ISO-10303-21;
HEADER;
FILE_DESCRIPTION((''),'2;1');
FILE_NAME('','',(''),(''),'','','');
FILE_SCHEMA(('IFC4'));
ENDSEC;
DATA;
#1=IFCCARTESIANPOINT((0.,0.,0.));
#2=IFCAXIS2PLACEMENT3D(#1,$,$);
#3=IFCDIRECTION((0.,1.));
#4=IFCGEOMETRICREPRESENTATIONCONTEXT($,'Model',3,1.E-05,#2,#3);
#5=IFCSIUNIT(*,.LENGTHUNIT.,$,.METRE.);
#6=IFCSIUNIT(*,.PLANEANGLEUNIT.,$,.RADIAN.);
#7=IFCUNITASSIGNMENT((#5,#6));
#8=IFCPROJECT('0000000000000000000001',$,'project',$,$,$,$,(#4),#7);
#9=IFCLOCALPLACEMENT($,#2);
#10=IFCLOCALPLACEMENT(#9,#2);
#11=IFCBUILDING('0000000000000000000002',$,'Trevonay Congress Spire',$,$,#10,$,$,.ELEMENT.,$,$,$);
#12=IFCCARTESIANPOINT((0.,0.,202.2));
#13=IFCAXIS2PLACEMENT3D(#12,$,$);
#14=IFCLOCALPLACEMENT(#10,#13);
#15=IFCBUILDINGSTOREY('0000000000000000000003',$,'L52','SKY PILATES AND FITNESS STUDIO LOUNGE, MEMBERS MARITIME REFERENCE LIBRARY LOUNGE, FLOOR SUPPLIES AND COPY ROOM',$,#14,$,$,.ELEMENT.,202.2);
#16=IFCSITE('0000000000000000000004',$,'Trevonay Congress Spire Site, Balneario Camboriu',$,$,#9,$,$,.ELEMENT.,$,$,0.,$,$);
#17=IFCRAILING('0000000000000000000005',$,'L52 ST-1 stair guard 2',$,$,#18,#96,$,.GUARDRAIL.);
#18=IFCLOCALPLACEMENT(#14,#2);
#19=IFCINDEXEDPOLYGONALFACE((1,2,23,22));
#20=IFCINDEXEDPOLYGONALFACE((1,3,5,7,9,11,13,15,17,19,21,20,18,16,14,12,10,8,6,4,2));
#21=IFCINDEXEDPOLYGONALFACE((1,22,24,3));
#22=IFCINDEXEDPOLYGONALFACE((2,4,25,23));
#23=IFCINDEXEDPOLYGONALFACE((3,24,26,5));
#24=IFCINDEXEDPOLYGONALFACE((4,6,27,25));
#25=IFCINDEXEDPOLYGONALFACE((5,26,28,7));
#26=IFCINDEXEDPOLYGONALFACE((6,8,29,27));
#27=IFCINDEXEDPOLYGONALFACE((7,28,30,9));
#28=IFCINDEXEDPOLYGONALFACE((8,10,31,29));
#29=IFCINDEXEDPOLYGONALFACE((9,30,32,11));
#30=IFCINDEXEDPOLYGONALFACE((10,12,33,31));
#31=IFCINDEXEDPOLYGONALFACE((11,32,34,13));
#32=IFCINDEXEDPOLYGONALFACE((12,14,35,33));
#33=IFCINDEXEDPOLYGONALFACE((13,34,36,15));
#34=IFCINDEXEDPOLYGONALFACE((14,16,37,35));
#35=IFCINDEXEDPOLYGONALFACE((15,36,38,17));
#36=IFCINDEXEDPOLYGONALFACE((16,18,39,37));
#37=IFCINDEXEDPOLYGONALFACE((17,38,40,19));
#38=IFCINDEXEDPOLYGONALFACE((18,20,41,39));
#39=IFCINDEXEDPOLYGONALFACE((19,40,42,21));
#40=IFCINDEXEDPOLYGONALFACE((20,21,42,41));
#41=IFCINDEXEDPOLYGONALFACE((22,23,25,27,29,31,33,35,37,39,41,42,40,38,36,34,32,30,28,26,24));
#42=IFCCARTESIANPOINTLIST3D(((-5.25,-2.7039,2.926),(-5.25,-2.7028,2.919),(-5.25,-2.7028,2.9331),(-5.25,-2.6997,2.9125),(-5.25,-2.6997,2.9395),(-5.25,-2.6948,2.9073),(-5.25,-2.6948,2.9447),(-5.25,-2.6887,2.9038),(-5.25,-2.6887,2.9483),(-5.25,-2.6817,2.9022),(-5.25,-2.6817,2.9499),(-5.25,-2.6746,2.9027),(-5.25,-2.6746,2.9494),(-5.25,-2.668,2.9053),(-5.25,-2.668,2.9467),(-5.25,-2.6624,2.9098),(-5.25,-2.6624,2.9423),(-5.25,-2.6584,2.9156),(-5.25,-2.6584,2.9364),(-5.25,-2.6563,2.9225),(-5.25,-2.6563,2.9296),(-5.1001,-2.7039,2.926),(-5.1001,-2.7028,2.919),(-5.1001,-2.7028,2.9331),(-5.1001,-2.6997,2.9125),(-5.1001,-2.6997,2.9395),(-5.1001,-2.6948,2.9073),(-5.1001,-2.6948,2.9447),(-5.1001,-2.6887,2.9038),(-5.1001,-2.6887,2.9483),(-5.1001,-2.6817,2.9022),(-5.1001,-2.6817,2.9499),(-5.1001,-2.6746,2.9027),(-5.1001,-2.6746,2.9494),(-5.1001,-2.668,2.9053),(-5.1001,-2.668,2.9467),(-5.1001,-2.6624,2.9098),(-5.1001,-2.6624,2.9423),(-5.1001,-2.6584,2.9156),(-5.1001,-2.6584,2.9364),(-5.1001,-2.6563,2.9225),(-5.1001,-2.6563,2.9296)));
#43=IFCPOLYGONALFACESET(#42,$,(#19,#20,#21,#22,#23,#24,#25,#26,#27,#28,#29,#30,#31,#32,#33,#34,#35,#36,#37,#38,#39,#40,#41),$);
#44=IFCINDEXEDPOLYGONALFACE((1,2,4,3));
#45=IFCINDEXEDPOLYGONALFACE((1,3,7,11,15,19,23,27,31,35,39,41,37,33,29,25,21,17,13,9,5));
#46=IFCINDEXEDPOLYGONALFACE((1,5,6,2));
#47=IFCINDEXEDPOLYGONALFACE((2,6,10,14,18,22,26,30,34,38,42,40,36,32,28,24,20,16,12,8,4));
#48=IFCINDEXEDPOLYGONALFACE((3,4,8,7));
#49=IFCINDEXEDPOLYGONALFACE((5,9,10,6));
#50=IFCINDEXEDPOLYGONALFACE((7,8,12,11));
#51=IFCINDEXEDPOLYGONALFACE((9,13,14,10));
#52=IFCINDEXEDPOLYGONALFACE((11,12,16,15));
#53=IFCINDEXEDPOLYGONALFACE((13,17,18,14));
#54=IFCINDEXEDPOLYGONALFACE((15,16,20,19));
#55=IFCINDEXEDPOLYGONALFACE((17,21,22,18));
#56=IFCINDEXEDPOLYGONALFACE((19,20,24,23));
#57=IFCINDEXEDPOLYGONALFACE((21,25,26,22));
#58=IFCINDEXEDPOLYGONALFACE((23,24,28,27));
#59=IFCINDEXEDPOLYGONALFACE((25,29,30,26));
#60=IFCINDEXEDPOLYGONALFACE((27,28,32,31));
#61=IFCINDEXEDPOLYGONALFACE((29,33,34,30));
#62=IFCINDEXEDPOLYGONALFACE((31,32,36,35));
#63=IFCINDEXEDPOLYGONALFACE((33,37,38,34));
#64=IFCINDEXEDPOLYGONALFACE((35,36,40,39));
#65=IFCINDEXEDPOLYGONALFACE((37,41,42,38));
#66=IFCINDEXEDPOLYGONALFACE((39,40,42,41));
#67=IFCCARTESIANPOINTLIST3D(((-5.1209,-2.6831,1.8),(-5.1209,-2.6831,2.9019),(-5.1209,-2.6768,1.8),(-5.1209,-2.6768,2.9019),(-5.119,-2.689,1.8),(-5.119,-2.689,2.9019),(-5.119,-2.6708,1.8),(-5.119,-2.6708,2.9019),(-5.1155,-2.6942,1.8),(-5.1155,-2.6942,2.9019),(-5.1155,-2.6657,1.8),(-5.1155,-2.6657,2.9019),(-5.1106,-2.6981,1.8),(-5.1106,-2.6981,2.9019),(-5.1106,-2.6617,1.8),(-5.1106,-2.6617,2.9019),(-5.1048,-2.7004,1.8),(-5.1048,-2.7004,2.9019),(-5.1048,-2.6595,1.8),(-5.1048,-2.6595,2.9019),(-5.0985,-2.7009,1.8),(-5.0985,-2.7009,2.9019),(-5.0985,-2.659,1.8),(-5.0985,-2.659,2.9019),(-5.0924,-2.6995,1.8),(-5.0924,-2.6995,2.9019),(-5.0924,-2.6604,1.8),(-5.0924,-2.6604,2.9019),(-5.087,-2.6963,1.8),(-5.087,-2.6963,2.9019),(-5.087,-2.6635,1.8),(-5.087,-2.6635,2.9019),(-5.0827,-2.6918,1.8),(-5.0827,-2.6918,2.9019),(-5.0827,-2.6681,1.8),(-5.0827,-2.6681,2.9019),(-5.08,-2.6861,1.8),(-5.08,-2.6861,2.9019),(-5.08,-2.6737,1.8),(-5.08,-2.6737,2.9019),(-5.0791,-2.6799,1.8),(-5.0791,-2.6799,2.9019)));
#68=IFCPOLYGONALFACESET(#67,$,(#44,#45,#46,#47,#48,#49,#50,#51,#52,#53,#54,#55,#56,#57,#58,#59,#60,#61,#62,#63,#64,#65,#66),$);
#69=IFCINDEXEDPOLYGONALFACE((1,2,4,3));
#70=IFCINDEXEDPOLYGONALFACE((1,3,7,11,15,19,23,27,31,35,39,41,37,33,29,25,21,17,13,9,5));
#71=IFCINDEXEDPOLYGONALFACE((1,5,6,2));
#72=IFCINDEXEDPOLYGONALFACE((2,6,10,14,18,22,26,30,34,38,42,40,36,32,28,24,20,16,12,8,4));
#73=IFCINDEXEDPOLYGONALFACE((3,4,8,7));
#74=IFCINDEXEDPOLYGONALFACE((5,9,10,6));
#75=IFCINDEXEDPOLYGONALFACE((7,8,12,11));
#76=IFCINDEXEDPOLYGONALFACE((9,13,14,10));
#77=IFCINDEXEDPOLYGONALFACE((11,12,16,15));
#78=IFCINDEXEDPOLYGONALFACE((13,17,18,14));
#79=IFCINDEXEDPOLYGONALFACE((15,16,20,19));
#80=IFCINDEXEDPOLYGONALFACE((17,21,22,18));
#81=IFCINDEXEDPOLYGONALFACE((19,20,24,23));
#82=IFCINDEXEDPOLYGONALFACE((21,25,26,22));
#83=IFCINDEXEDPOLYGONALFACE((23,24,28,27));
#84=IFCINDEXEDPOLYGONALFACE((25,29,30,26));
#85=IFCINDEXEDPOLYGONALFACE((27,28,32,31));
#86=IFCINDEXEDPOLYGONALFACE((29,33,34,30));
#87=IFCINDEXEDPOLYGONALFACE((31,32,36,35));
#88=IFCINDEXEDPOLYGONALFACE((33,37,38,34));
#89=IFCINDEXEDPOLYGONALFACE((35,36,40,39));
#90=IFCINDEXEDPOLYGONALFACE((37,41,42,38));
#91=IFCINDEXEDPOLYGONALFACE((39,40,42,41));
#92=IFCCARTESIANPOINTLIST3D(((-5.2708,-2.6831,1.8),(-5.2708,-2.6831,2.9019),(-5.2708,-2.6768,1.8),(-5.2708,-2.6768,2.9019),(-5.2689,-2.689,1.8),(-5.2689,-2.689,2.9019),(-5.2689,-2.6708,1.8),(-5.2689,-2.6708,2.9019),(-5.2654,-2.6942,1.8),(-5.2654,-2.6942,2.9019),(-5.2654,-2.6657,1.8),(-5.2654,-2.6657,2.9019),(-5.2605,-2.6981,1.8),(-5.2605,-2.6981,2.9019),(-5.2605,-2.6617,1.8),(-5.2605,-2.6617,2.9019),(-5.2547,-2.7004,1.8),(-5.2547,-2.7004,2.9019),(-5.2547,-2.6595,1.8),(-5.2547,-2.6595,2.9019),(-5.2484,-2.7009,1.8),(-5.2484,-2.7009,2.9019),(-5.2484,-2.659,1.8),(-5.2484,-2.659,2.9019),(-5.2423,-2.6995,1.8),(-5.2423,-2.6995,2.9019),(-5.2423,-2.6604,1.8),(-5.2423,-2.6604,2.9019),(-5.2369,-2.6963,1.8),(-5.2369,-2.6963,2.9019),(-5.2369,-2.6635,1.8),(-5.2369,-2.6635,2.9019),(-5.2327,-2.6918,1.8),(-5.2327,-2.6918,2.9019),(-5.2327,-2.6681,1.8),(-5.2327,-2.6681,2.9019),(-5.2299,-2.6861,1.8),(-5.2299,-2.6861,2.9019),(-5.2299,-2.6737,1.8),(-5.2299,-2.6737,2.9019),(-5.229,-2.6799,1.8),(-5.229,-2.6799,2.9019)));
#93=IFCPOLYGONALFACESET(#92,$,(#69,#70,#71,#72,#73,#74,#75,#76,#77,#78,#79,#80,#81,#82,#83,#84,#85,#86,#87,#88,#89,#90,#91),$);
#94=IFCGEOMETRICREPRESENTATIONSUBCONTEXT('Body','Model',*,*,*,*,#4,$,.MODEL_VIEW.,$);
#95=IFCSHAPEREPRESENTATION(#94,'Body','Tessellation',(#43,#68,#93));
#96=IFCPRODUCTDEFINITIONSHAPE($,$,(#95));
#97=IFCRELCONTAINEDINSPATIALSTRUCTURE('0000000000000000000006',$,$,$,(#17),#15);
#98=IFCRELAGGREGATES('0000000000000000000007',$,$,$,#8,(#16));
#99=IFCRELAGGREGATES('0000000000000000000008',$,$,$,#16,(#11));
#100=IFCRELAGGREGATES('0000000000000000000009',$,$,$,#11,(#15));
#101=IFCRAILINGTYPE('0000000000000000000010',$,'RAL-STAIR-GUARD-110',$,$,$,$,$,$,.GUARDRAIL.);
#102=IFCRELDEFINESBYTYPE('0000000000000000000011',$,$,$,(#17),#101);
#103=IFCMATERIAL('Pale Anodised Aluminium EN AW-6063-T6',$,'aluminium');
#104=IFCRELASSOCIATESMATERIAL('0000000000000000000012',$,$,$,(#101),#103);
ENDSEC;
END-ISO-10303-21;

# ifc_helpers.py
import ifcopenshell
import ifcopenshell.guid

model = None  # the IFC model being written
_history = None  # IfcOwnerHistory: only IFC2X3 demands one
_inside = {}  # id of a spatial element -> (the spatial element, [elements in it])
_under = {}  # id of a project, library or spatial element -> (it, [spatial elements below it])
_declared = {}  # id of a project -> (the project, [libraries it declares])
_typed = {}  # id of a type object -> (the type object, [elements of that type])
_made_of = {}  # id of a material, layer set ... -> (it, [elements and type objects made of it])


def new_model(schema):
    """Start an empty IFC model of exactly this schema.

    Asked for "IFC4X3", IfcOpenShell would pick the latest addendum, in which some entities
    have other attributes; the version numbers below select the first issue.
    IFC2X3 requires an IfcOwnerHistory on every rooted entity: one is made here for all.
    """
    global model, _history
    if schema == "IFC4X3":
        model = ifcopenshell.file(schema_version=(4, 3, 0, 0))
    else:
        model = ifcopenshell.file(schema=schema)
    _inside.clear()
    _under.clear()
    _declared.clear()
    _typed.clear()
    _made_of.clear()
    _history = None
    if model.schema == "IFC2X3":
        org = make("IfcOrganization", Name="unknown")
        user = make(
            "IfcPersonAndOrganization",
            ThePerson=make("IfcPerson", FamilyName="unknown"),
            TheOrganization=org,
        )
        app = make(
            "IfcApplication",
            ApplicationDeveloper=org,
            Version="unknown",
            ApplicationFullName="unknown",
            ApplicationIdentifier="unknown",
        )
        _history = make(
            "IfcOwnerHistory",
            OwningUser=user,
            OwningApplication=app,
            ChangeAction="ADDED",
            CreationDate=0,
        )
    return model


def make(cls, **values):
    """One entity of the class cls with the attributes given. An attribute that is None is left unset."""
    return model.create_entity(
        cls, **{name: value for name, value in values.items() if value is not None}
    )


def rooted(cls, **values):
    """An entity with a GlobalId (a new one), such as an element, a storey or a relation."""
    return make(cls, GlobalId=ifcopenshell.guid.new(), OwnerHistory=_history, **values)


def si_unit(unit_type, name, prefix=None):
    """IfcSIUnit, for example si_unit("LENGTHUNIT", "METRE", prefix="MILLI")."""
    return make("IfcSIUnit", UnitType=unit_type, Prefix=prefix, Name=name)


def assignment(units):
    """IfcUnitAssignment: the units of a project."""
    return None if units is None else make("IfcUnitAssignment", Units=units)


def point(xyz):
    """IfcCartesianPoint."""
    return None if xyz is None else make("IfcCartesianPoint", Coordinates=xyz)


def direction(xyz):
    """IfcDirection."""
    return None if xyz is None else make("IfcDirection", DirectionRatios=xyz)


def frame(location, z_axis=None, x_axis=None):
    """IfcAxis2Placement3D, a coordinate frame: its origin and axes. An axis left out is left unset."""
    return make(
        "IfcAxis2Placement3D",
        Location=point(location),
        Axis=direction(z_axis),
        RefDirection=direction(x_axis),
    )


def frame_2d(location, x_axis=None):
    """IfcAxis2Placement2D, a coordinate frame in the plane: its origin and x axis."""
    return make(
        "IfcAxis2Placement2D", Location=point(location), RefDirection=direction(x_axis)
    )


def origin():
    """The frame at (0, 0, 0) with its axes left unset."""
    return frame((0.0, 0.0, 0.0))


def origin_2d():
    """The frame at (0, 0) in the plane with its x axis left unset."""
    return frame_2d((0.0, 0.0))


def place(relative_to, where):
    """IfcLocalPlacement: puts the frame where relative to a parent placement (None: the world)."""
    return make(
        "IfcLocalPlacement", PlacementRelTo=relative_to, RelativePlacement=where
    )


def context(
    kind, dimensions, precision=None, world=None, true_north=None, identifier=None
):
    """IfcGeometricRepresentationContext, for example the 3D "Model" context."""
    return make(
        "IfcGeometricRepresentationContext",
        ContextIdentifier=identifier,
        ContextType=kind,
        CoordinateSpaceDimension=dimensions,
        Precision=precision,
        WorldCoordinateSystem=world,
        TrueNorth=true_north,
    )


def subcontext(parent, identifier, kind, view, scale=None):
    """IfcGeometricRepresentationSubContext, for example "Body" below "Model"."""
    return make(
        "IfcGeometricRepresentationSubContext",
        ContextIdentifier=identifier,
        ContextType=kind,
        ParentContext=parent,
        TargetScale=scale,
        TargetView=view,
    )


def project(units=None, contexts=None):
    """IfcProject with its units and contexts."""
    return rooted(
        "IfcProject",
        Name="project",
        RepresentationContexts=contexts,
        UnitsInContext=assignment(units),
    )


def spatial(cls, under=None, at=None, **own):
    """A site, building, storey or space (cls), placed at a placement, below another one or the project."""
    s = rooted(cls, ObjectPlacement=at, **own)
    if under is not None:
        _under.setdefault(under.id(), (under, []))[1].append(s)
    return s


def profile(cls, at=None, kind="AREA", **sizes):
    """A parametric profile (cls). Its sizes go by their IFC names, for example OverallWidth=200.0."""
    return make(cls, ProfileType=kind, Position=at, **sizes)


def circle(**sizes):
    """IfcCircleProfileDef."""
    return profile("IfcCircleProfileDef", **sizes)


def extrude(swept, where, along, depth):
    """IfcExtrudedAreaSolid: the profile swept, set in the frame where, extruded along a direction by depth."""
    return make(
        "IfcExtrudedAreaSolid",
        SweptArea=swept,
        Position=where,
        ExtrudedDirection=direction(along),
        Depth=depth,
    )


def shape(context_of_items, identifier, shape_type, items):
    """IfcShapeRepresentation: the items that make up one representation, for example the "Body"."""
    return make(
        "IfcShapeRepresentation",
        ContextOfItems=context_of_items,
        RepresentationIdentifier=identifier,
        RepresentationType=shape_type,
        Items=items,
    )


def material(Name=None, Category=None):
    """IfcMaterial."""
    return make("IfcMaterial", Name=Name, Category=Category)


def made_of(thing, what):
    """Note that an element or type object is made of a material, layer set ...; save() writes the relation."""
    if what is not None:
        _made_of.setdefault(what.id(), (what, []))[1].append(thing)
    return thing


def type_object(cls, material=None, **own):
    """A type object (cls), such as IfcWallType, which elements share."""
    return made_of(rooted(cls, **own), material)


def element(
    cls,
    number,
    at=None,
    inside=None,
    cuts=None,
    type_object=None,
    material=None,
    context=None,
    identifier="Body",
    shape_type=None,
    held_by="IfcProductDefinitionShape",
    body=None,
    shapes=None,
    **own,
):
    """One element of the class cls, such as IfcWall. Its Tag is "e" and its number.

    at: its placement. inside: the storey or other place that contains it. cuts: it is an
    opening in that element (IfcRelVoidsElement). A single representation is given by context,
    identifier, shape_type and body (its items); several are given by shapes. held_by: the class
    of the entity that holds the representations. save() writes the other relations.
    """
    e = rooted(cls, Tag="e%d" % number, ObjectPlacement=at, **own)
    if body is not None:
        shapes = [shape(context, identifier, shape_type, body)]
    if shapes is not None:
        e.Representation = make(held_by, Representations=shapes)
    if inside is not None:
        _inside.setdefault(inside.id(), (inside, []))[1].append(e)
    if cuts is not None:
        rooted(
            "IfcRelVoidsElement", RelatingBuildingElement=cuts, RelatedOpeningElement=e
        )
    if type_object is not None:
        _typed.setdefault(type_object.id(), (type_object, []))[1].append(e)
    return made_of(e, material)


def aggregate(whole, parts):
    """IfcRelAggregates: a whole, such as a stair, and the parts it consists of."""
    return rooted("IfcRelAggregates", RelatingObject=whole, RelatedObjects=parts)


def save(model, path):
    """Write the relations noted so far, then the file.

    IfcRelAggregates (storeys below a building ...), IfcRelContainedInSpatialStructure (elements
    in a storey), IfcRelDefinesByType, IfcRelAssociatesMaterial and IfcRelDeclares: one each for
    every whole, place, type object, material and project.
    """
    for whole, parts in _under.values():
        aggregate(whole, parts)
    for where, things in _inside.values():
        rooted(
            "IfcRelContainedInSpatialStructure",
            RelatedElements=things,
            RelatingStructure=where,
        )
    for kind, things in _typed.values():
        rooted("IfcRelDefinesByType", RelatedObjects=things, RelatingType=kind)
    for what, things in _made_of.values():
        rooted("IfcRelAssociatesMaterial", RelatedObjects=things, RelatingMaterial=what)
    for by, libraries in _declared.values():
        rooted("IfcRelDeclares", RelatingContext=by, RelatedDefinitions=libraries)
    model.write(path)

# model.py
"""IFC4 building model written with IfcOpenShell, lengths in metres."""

from ifc_helpers import new_model, si_unit, direction, frame, origin, origin_2d, place, context, subcontext, project, spatial, circle, extrude, material, type_object, element, save


model = new_model("IFC4")

# Units and contexts
model_context = context("Model", 3, precision=1e-05, world=origin(), true_north=direction((0.0, 1.0)))
body_context = subcontext(model_context, "Body", "Model", "MODEL_VIEW")
ifc_project = project(units=[si_unit("LENGTHUNIT", "METRE"), si_unit("PLANEANGLEUNIT", "RADIAN")], contexts=[model_context])

# Site, building, storey
site_placement = place(None, origin())
site = spatial("IfcSite", under=ifc_project, at=site_placement, Name="Trevonay Congress Spire Site, Balneario Camboriu", CompositionType="ELEMENT", RefElevation=0.0)
building_placement = place(site_placement, origin())
building = spatial("IfcBuilding", under=site, at=building_placement, Name="Trevonay Congress Spire", CompositionType="ELEMENT")
storey_placement = place(building_placement, frame((0.0, 0.0, 202.2)))
storey = spatial("IfcBuildingStorey", under=building, at=storey_placement, Name="L52", Description="SKY PILATES AND FITNESS STUDIO LOUNGE, MEMBERS MARITIME REFERENCE LIBRARY LOUNGE, FLOOR SUPPLIES AND COPY ROOM", CompositionType="ELEMENT", Elevation=202.2)

# Railing
ifc_material_1 = material(Name="Pale Anodised Aluminium EN AW-6063-T6", Category="aluminium")
railing_type_1 = type_object("IfcRailingType", Name="RAL-STAIR-GUARD-110", PredefinedType="GUARDRAIL", material=ifc_material_1)
railing_1_placement = place(storey_placement, frame((-5.1001, -2.6799, 1.8)))
element("IfcRailing", 1, at=railing_1_placement, inside=storey, type_object=railing_type_1, Name="L52 ST-1 stair guard 2", PredefinedType="GUARDRAIL", context=body_context, shape_type="SweptSolid", body=[
    extrude(circle(Radius=0.0239, at=origin_2d()), frame((0.0, 0.0, 1.126), z_axis=(-1.0, 0.0, 0.0), x_axis=(0.0, -1.0, 0.0)), (0.0, 0.0, 1.0), 0.1499),
    extrude(circle(Radius=0.021, at=origin_2d()), origin(), (0.0, 0.0, 1.0), 1.1018),
    extrude(circle(Radius=0.021, at=origin_2d()), frame((-0.1499, 0.0, 0.0)), (0.0, 0.0, 1.0), 1.1018),
])

save(model, "model.ifc")
